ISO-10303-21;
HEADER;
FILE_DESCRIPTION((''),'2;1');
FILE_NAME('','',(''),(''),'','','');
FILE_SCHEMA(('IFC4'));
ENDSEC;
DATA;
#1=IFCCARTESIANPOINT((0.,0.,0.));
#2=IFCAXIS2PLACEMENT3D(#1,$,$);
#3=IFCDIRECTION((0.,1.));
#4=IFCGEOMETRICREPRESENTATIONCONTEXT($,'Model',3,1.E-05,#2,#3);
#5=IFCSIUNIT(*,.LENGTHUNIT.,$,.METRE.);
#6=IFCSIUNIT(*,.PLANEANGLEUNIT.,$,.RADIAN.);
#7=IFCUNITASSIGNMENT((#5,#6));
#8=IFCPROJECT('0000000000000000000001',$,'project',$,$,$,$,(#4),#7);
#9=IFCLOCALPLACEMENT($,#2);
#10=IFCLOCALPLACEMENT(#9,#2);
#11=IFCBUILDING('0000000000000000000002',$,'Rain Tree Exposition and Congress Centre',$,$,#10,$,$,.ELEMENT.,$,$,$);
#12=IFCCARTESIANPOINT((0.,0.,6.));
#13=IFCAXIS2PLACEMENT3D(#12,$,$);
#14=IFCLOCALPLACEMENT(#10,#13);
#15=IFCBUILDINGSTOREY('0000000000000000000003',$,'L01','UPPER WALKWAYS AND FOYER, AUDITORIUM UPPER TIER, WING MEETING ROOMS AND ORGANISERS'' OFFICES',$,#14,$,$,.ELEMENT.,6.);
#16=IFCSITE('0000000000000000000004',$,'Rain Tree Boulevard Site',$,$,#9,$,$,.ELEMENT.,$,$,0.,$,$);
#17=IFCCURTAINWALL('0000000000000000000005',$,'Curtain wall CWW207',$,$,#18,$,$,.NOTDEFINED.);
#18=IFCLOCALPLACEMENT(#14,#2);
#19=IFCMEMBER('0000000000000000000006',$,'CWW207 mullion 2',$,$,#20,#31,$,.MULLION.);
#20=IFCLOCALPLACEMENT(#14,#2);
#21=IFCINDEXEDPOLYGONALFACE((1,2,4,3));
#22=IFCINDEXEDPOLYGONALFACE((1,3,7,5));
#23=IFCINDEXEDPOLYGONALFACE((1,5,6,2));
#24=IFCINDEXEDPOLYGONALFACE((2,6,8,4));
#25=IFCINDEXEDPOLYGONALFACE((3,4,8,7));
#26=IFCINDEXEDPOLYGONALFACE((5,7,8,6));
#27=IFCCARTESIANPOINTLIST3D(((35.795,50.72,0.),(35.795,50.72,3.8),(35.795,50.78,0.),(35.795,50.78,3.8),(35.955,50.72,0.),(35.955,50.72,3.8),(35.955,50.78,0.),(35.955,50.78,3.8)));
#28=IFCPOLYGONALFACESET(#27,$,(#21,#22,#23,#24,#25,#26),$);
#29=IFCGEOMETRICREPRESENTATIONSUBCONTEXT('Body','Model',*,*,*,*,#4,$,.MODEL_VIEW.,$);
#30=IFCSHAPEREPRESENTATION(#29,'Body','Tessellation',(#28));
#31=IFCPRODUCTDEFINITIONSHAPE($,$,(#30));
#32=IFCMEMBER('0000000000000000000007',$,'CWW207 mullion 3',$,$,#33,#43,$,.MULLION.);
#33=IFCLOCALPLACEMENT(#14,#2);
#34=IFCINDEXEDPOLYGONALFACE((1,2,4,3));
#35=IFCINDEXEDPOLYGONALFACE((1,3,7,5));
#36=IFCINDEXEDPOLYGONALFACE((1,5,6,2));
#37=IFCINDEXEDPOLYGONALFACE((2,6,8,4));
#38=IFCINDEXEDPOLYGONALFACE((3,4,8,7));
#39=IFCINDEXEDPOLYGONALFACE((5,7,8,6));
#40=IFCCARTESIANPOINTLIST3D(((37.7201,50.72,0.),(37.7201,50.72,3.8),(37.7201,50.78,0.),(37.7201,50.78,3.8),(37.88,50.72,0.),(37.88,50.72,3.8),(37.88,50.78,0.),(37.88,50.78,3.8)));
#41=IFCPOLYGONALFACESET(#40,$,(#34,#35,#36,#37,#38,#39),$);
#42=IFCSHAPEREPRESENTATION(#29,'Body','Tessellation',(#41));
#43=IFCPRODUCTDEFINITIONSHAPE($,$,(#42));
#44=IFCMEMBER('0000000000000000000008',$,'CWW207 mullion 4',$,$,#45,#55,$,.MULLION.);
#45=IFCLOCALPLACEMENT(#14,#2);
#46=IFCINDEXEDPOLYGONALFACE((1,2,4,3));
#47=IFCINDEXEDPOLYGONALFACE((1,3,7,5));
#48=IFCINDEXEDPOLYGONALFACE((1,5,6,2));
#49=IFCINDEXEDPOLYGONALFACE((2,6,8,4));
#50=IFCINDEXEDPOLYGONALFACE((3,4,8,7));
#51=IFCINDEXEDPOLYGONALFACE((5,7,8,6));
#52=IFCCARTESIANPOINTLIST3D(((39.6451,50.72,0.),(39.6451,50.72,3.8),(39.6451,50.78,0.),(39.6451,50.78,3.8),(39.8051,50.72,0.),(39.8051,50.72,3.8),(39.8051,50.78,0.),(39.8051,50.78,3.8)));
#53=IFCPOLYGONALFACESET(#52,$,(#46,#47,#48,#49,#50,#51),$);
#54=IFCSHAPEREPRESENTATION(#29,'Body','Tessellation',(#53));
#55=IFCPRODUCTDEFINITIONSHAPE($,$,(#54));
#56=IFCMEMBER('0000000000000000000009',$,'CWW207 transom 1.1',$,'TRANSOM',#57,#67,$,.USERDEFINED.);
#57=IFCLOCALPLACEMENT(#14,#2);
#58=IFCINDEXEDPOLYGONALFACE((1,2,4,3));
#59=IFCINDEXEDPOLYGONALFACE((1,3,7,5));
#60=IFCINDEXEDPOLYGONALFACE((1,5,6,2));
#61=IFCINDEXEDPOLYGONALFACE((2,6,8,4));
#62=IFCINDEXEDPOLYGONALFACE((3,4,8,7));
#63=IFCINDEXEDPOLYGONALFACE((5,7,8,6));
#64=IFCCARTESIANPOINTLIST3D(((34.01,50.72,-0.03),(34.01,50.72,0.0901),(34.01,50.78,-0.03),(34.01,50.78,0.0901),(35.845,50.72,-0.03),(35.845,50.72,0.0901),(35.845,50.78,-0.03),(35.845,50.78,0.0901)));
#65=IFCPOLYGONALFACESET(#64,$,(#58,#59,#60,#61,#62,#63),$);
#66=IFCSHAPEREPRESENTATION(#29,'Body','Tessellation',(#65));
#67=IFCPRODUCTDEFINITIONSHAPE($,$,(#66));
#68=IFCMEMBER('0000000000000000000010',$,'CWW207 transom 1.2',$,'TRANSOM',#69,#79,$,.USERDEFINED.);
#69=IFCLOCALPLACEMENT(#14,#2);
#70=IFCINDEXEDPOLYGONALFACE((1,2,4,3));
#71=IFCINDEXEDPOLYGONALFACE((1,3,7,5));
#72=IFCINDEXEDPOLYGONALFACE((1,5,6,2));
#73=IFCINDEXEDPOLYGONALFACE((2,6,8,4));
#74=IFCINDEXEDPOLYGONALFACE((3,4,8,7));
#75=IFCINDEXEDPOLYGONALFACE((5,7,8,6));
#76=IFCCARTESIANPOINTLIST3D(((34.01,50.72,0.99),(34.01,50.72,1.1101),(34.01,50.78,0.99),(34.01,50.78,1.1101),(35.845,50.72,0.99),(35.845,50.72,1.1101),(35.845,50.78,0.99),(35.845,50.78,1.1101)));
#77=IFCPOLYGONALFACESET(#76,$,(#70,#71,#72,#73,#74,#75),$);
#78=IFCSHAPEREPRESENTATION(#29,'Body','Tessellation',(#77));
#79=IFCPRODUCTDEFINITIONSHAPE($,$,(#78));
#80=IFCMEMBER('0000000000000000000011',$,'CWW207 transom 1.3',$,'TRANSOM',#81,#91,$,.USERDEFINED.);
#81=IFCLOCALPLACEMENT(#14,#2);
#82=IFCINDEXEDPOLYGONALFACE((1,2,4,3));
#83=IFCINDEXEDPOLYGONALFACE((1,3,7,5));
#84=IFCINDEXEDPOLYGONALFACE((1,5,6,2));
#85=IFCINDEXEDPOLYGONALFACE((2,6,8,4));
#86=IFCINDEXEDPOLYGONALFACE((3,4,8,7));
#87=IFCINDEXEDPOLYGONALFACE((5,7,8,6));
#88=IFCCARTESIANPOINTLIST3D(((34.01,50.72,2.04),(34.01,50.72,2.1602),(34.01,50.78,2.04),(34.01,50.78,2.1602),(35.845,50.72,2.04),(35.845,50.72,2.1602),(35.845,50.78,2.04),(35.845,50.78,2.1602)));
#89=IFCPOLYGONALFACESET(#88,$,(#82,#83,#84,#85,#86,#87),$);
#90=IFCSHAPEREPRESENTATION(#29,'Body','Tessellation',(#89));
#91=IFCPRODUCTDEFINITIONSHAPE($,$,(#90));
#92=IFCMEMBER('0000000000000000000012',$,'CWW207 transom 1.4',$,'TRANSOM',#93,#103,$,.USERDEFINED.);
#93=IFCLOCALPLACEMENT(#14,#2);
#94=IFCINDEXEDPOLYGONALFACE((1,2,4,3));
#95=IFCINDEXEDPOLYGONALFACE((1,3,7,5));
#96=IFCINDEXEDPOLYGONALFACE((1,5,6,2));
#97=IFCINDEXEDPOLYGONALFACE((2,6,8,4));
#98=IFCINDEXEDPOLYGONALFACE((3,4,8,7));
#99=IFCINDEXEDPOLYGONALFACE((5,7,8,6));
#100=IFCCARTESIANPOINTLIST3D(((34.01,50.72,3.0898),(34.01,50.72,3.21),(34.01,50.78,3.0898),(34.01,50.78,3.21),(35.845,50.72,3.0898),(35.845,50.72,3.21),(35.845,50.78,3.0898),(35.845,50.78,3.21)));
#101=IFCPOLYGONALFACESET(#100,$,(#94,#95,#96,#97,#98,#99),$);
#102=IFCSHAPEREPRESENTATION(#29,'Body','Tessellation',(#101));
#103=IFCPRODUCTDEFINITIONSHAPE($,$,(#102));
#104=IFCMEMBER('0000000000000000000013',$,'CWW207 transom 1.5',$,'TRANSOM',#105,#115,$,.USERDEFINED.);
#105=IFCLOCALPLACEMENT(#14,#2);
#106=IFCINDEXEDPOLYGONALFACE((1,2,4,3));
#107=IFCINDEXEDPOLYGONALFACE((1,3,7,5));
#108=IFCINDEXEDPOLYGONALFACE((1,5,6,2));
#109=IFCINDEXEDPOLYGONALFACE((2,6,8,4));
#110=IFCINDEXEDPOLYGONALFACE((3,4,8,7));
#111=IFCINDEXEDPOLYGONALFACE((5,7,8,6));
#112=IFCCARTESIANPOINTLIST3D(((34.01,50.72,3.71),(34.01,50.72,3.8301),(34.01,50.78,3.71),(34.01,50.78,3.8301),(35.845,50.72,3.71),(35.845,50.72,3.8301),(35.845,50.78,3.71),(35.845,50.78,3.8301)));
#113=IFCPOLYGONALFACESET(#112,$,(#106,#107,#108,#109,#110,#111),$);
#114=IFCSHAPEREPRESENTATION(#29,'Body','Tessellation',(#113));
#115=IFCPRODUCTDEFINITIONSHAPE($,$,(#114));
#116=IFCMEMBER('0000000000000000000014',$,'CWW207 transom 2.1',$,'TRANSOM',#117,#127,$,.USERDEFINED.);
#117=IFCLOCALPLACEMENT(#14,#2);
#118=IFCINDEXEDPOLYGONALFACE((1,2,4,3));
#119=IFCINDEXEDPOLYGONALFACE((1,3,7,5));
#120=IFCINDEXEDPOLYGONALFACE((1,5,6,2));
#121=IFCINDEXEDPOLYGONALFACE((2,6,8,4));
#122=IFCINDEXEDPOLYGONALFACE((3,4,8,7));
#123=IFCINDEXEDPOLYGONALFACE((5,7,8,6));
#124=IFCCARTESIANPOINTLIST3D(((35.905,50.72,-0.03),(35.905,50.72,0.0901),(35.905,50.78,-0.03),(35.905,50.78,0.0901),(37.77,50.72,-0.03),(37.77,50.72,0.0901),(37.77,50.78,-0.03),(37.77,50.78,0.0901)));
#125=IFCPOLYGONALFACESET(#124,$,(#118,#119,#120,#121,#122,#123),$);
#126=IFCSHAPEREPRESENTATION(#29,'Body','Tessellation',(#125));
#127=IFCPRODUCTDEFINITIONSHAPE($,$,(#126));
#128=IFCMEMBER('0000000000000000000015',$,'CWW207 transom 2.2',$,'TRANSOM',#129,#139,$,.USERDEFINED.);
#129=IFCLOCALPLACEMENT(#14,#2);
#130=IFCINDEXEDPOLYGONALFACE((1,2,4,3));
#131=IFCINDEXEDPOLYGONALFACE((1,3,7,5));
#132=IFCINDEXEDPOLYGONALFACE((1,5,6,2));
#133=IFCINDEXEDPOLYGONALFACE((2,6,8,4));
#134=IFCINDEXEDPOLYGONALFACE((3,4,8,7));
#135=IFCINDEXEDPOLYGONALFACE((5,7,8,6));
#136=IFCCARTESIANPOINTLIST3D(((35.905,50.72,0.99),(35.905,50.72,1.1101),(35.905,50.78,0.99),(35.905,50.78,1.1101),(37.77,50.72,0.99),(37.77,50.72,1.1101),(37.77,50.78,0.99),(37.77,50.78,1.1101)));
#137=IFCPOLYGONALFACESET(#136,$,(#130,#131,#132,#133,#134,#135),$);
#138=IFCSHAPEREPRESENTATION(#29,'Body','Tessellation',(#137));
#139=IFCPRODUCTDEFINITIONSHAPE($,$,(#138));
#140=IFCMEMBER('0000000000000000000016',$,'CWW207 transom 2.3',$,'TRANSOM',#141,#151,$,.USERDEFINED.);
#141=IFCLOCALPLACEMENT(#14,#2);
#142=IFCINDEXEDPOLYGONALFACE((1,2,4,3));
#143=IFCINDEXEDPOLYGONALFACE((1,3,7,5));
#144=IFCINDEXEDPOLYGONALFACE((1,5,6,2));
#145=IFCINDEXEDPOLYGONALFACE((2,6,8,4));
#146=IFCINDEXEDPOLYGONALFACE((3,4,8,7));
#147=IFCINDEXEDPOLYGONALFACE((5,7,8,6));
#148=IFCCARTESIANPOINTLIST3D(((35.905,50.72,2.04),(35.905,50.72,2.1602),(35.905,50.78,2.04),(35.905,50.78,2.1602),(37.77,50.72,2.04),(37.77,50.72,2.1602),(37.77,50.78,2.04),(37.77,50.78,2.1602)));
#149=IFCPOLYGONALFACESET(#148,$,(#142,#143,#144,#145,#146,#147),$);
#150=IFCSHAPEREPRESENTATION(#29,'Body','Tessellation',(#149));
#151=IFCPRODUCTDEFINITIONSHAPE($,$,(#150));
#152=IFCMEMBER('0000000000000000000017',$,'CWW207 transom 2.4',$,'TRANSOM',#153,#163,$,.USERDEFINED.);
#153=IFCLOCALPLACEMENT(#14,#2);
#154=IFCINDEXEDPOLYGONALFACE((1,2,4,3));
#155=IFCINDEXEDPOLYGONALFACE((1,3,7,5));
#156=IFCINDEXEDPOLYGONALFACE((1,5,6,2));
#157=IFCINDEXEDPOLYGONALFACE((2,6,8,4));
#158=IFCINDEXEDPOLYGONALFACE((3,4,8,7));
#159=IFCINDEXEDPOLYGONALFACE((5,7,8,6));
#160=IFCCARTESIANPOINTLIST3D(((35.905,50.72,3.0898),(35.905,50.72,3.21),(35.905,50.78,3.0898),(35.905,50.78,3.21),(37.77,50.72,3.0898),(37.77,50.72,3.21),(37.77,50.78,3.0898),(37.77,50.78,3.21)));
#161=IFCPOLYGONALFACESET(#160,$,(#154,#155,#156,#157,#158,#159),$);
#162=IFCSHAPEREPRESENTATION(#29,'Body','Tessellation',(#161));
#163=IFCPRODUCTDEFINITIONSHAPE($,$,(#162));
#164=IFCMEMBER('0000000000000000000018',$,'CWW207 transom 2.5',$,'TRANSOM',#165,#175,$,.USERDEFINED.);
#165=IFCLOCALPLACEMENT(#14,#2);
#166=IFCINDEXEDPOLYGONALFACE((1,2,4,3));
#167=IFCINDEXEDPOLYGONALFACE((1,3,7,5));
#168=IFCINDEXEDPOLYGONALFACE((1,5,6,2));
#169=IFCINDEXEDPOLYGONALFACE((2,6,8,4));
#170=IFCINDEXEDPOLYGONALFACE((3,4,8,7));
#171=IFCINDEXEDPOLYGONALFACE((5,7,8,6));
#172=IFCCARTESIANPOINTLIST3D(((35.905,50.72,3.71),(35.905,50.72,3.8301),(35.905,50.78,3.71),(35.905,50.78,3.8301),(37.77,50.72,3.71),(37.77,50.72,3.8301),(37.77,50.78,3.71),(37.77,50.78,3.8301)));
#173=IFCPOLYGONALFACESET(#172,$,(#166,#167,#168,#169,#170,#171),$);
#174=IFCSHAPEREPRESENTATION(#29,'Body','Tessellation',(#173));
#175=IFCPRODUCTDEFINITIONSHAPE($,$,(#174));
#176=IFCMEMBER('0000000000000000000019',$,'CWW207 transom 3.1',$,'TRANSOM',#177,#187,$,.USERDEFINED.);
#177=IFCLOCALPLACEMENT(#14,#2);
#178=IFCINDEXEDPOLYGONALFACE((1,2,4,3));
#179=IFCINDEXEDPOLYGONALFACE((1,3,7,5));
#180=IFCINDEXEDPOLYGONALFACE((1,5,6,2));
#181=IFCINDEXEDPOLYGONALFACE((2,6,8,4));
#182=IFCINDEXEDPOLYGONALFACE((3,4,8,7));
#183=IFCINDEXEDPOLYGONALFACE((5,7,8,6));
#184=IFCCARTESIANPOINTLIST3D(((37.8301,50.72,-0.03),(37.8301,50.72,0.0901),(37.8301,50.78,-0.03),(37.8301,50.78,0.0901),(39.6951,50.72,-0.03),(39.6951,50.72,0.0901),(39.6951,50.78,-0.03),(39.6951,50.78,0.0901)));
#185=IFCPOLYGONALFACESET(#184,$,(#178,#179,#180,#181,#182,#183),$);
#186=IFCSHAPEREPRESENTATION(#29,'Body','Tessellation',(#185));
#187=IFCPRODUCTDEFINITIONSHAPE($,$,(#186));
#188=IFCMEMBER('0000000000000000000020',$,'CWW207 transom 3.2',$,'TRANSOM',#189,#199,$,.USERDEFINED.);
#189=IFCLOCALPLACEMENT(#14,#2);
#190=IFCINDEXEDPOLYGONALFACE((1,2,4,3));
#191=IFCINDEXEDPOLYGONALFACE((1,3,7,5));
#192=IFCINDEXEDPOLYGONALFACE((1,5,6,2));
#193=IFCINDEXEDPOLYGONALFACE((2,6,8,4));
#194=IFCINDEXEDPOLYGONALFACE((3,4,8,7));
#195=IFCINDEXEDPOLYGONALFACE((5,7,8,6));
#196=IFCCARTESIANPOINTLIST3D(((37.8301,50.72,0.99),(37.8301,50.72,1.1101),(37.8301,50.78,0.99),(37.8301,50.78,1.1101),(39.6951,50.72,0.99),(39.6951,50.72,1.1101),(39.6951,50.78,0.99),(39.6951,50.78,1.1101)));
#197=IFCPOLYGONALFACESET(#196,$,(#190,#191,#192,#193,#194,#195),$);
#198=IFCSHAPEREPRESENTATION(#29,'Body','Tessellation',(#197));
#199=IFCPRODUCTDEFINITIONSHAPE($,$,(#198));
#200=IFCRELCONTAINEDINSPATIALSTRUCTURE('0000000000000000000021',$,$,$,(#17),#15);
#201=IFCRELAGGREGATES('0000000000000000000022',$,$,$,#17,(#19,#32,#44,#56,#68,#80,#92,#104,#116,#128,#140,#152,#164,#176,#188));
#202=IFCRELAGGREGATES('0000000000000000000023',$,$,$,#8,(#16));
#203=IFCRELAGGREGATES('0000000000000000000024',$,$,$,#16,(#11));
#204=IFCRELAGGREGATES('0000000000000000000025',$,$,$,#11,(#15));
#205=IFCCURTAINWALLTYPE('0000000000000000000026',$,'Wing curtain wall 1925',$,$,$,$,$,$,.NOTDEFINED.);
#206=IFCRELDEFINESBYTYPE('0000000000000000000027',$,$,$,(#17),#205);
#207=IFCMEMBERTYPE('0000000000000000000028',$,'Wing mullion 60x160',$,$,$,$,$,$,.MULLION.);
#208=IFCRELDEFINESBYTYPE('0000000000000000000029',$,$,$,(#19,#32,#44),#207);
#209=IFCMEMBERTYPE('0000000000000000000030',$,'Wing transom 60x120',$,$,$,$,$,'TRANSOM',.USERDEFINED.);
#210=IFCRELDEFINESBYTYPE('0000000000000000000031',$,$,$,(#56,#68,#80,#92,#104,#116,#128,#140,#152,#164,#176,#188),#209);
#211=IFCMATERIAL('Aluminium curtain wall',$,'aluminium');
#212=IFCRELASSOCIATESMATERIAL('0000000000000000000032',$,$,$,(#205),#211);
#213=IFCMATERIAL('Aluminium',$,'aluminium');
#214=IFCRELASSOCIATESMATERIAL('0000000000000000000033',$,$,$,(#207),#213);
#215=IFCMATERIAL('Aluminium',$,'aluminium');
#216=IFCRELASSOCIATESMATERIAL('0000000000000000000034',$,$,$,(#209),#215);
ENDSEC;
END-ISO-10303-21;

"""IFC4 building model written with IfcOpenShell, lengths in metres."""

from ifc_helpers import new_model, si_unit, direction, frame, origin, origin_2d, place, context, subcontext, project, spatial, rectangle, extrude, material, material_profile, profile_set, type_object, element, aggregate, save


model = new_model("IFC4")

# Units and contexts
model_context = context("Model", 3, precision=1e-05, world=origin(), true_north=direction((0.0, 1.0)))
body_context = subcontext(model_context, "Body", "Model", "MODEL_VIEW")
ifc_project = project(units=[si_unit("LENGTHUNIT", "METRE"), si_unit("PLANEANGLEUNIT", "RADIAN")], contexts=[model_context])

# Site, building, storey
site_placement = place(None, origin())
site = spatial("IfcSite", under=ifc_project, at=site_placement, Name="Rain Tree Boulevard Site", CompositionType="ELEMENT", RefElevation=0.0)
building_placement = place(site_placement, origin())
building = spatial("IfcBuilding", under=site, at=building_placement, Name="Rain Tree Exposition and Congress Centre", CompositionType="ELEMENT")
storey_placement = place(building_placement, frame((0.0, 0.0, 6.0)))
storey = spatial("IfcBuildingStorey", under=building, at=storey_placement, Name="L01", Description="UPPER WALKWAYS AND FOYER, AUDITORIUM UPPER TIER, WING MEETING ROOMS AND ORGANISERS' OFFICES", CompositionType="ELEMENT", Elevation=6.0)

# Curtain wall, members
ifc_material_1 = material(Name="Aluminium curtain wall", Category="aluminium")
curtain_wall_type = type_object("IfcCurtainWallType", Name="Wing curtain wall 1925", PredefinedType="NOTDEFINED", material=ifc_material_1)
curtain_wall_placement = place(storey_placement, origin())
curtain_wall = element("IfcCurtainWall", 1, at=curtain_wall_placement, inside=storey, type_object=curtain_wall_type, Name="Curtain wall CWW207", PredefinedType="NOTDEFINED")
ifc_material_2 = material(Name="Aluminium", Category="aluminium")
ifc_material_profile_1 = material_profile(ifc_material_2, rectangle(XDim=0.0601, YDim=0.1599, at=origin_2d()), Name="Aluminium 60x160")
ifc_profile_set_1 = profile_set([ifc_material_profile_1], Name="Aluminium")
member_type_1 = type_object("IfcMemberType", Name="Wing mullion 60x160", PredefinedType="MULLION", material=ifc_profile_set_1)
member_1_placement = place(storey_placement, frame((35.875, 50.75, 0.0), z_axis=(0.0, 0.0, 1.0), x_axis=(0.0, 1.0, 0.0)))
member_1 = element("IfcMember", 2, at=member_1_placement, type_object=member_type_1, Name="CWW207 mullion 2", PredefinedType="MULLION", context=body_context, shape_type="SweptSolid", body=[
    extrude(rectangle(XDim=0.0601, YDim=0.1599, at=origin_2d()), origin(), (0.0, 0.0, 1.0), 3.8),
])
member_2_placement = place(storey_placement, frame((37.8, 50.75, 0.0), z_axis=(0.0, 0.0, 1.0), x_axis=(0.0, 1.0, 0.0)))
member_2 = element("IfcMember", 3, at=member_2_placement, type_object=member_type_1, Name="CWW207 mullion 3", PredefinedType="MULLION", context=body_context, shape_type="SweptSolid", body=[
    extrude(rectangle(XDim=0.0601, YDim=0.1599, at=origin_2d()), origin(), (0.0, 0.0, 1.0), 3.8),
])
member_3_placement = place(storey_placement, frame((39.7251, 50.75, 0.0), z_axis=(0.0, 0.0, 1.0), x_axis=(0.0, 1.0, 0.0)))
member_3 = element("IfcMember", 4, at=member_3_placement, type_object=member_type_1, Name="CWW207 mullion 4", PredefinedType="MULLION", context=body_context, shape_type="SweptSolid", body=[
    extrude(rectangle(XDim=0.0601, YDim=0.1599, at=origin_2d()), origin(), (0.0, 0.0, 1.0), 3.8),
])
ifc_material_3 = material(Name="Aluminium", Category="aluminium")
ifc_material_profile_2 = material_profile(ifc_material_3, rectangle(XDim=0.0601, YDim=0.1201, at=origin_2d()), Name="Aluminium 60x120")
ifc_profile_set_2 = profile_set([ifc_material_profile_2], Name="Aluminium")
member_type_2 = type_object("IfcMemberType", Name="Wing transom 60x120", ElementType="TRANSOM", PredefinedType="USERDEFINED", material=ifc_profile_set_2)
member_4_placement = place(storey_placement, frame((34.01, 50.75, 0.03), z_axis=(1.0, 0.0, 0.0), x_axis=(0.0, 1.0, 0.0)))
member_4 = element("IfcMember", 5, at=member_4_placement, type_object=member_type_2, Name="CWW207 transom 1.1", ObjectType="TRANSOM", PredefinedType="USERDEFINED", context=body_context, shape_type="SweptSolid", body=[
    extrude(rectangle(XDim=0.0601, YDim=0.1201, at=origin_2d()), origin(), (0.0, 0.0, 1.0), 1.835),
])
member_5_placement = place(storey_placement, frame((34.01, 50.75, 1.05), z_axis=(1.0, 0.0, 0.0), x_axis=(0.0, 1.0, 0.0)))
member_5 = element("IfcMember", 6, at=member_5_placement, type_object=member_type_2, Name="CWW207 transom 1.2", ObjectType="TRANSOM", PredefinedType="USERDEFINED", context=body_context, shape_type="SweptSolid", body=[
    extrude(rectangle(XDim=0.0601, YDim=0.1201, at=origin_2d()), origin(), (0.0, 0.0, 1.0), 1.835),
])
member_6_placement = place(storey_placement, frame((34.01, 50.75, 2.1001), z_axis=(1.0, 0.0, 0.0), x_axis=(0.0, 1.0, 0.0)))
member_6 = element("IfcMember", 7, at=member_6_placement, type_object=member_type_2, Name="CWW207 transom 1.3", ObjectType="TRANSOM", PredefinedType="USERDEFINED", context=body_context, shape_type="SweptSolid", body=[
    extrude(rectangle(XDim=0.0601, YDim=0.1201, at=origin_2d()), origin(), (0.0, 0.0, 1.0), 1.835),
])
member_7_placement = place(storey_placement, frame((34.01, 50.75, 3.1499), z_axis=(1.0, 0.0, 0.0), x_axis=(0.0, 1.0, 0.0)))
member_7 = element("IfcMember", 8, at=member_7_placement, type_object=member_type_2, Name="CWW207 transom 1.4", ObjectType="TRANSOM", PredefinedType="USERDEFINED", context=body_context, shape_type="SweptSolid", body=[
    extrude(rectangle(XDim=0.0601, YDim=0.1201, at=origin_2d()), origin(), (0.0, 0.0, 1.0), 1.835),
])
member_8_placement = place(storey_placement, frame((34.01, 50.75, 3.77), z_axis=(1.0, 0.0, 0.0), x_axis=(0.0, 1.0, 0.0)))
member_8 = element("IfcMember", 9, at=member_8_placement, type_object=member_type_2, Name="CWW207 transom 1.5", ObjectType="TRANSOM", PredefinedType="USERDEFINED", context=body_context, shape_type="SweptSolid", body=[
    extrude(rectangle(XDim=0.0601, YDim=0.1201, at=origin_2d()), origin(), (0.0, 0.0, 1.0), 1.835),
])
member_9_placement = place(storey_placement, frame((35.905, 50.75, 0.03), z_axis=(1.0, 0.0, 0.0), x_axis=(0.0, 1.0, 0.0)))
member_9 = element("IfcMember", 10, at=member_9_placement, type_object=member_type_2, Name="CWW207 transom 2.1", ObjectType="TRANSOM", PredefinedType="USERDEFINED", context=body_context, shape_type="SweptSolid", body=[
    extrude(rectangle(XDim=0.0601, YDim=0.1201, at=origin_2d()), origin(), (0.0, 0.0, 1.0), 1.865),
])
member_10_placement = place(storey_placement, frame((35.905, 50.75, 1.05), z_axis=(1.0, 0.0, 0.0), x_axis=(0.0, 1.0, 0.0)))
member_10 = element("IfcMember", 11, at=member_10_placement, type_object=member_type_2, Name="CWW207 transom 2.2", ObjectType="TRANSOM", PredefinedType="USERDEFINED", context=body_context, shape_type="SweptSolid", body=[
    extrude(rectangle(XDim=0.0601, YDim=0.1201, at=origin_2d()), origin(), (0.0, 0.0, 1.0), 1.865),
])
member_11_placement = place(storey_placement, frame((35.905, 50.75, 2.1001), z_axis=(1.0, 0.0, 0.0), x_axis=(0.0, 1.0, 0.0)))
member_11 = element("IfcMember", 12, at=member_11_placement, type_object=member_type_2, Name="CWW207 transom 2.3", ObjectType="TRANSOM", PredefinedType="USERDEFINED", context=body_context, shape_type="SweptSolid", body=[
    extrude(rectangle(XDim=0.0601, YDim=0.1201, at=origin_2d()), origin(), (0.0, 0.0, 1.0), 1.865),
])
member_12_placement = place(storey_placement, frame((35.905, 50.75, 3.1499), z_axis=(1.0, 0.0, 0.0), x_axis=(0.0, 1.0, 0.0)))
member_12 = element("IfcMember", 13, at=member_12_placement, type_object=member_type_2, Name="CWW207 transom 2.4", ObjectType="TRANSOM", PredefinedType="USERDEFINED", context=body_context, shape_type="SweptSolid", body=[
    extrude(rectangle(XDim=0.0601, YDim=0.1201, at=origin_2d()), origin(), (0.0, 0.0, 1.0), 1.865),
])
member_13_placement = place(storey_placement, frame((35.905, 50.75, 3.77), z_axis=(1.0, 0.0, 0.0), x_axis=(0.0, 1.0, 0.0)))
member_13 = element("IfcMember", 14, at=member_13_placement, type_object=member_type_2, Name="CWW207 transom 2.5", ObjectType="TRANSOM", PredefinedType="USERDEFINED", context=body_context, shape_type="SweptSolid", body=[
    extrude(rectangle(XDim=0.0601, YDim=0.1201, at=origin_2d()), origin(), (0.0, 0.0, 1.0), 1.865),
])
member_14_placement = place(storey_placement, frame((37.8301, 50.75, 0.03), z_axis=(1.0, 0.0, 0.0), x_axis=(0.0, 1.0, 0.0)))
member_14 = element("IfcMember", 15, at=member_14_placement, type_object=member_type_2, Name="CWW207 transom 3.1", ObjectType="TRANSOM", PredefinedType="USERDEFINED", context=body_context, shape_type="SweptSolid", body=[
    extrude(rectangle(XDim=0.0601, YDim=0.1201, at=origin_2d()), origin(), (0.0, 0.0, 1.0), 1.865),
])
member_15_placement = place(storey_placement, frame((37.8301, 50.75, 1.05), z_axis=(1.0, 0.0, 0.0), x_axis=(0.0, 1.0, 0.0)))
member_15 = element("IfcMember", 16, at=member_15_placement, type_object=member_type_2, Name="CWW207 transom 3.2", ObjectType="TRANSOM", PredefinedType="USERDEFINED", context=body_context, shape_type="SweptSolid", body=[
    extrude(rectangle(XDim=0.0601, YDim=0.1201, at=origin_2d()), origin(), (0.0, 0.0, 1.0), 1.865),
])
aggregate(curtain_wall, [member_1, member_2, member_3, member_4, member_5, member_6, member_7, member_8, member_9, member_10, member_11, member_12, member_13, member_14, member_15])

save(model, "model.ifc")
